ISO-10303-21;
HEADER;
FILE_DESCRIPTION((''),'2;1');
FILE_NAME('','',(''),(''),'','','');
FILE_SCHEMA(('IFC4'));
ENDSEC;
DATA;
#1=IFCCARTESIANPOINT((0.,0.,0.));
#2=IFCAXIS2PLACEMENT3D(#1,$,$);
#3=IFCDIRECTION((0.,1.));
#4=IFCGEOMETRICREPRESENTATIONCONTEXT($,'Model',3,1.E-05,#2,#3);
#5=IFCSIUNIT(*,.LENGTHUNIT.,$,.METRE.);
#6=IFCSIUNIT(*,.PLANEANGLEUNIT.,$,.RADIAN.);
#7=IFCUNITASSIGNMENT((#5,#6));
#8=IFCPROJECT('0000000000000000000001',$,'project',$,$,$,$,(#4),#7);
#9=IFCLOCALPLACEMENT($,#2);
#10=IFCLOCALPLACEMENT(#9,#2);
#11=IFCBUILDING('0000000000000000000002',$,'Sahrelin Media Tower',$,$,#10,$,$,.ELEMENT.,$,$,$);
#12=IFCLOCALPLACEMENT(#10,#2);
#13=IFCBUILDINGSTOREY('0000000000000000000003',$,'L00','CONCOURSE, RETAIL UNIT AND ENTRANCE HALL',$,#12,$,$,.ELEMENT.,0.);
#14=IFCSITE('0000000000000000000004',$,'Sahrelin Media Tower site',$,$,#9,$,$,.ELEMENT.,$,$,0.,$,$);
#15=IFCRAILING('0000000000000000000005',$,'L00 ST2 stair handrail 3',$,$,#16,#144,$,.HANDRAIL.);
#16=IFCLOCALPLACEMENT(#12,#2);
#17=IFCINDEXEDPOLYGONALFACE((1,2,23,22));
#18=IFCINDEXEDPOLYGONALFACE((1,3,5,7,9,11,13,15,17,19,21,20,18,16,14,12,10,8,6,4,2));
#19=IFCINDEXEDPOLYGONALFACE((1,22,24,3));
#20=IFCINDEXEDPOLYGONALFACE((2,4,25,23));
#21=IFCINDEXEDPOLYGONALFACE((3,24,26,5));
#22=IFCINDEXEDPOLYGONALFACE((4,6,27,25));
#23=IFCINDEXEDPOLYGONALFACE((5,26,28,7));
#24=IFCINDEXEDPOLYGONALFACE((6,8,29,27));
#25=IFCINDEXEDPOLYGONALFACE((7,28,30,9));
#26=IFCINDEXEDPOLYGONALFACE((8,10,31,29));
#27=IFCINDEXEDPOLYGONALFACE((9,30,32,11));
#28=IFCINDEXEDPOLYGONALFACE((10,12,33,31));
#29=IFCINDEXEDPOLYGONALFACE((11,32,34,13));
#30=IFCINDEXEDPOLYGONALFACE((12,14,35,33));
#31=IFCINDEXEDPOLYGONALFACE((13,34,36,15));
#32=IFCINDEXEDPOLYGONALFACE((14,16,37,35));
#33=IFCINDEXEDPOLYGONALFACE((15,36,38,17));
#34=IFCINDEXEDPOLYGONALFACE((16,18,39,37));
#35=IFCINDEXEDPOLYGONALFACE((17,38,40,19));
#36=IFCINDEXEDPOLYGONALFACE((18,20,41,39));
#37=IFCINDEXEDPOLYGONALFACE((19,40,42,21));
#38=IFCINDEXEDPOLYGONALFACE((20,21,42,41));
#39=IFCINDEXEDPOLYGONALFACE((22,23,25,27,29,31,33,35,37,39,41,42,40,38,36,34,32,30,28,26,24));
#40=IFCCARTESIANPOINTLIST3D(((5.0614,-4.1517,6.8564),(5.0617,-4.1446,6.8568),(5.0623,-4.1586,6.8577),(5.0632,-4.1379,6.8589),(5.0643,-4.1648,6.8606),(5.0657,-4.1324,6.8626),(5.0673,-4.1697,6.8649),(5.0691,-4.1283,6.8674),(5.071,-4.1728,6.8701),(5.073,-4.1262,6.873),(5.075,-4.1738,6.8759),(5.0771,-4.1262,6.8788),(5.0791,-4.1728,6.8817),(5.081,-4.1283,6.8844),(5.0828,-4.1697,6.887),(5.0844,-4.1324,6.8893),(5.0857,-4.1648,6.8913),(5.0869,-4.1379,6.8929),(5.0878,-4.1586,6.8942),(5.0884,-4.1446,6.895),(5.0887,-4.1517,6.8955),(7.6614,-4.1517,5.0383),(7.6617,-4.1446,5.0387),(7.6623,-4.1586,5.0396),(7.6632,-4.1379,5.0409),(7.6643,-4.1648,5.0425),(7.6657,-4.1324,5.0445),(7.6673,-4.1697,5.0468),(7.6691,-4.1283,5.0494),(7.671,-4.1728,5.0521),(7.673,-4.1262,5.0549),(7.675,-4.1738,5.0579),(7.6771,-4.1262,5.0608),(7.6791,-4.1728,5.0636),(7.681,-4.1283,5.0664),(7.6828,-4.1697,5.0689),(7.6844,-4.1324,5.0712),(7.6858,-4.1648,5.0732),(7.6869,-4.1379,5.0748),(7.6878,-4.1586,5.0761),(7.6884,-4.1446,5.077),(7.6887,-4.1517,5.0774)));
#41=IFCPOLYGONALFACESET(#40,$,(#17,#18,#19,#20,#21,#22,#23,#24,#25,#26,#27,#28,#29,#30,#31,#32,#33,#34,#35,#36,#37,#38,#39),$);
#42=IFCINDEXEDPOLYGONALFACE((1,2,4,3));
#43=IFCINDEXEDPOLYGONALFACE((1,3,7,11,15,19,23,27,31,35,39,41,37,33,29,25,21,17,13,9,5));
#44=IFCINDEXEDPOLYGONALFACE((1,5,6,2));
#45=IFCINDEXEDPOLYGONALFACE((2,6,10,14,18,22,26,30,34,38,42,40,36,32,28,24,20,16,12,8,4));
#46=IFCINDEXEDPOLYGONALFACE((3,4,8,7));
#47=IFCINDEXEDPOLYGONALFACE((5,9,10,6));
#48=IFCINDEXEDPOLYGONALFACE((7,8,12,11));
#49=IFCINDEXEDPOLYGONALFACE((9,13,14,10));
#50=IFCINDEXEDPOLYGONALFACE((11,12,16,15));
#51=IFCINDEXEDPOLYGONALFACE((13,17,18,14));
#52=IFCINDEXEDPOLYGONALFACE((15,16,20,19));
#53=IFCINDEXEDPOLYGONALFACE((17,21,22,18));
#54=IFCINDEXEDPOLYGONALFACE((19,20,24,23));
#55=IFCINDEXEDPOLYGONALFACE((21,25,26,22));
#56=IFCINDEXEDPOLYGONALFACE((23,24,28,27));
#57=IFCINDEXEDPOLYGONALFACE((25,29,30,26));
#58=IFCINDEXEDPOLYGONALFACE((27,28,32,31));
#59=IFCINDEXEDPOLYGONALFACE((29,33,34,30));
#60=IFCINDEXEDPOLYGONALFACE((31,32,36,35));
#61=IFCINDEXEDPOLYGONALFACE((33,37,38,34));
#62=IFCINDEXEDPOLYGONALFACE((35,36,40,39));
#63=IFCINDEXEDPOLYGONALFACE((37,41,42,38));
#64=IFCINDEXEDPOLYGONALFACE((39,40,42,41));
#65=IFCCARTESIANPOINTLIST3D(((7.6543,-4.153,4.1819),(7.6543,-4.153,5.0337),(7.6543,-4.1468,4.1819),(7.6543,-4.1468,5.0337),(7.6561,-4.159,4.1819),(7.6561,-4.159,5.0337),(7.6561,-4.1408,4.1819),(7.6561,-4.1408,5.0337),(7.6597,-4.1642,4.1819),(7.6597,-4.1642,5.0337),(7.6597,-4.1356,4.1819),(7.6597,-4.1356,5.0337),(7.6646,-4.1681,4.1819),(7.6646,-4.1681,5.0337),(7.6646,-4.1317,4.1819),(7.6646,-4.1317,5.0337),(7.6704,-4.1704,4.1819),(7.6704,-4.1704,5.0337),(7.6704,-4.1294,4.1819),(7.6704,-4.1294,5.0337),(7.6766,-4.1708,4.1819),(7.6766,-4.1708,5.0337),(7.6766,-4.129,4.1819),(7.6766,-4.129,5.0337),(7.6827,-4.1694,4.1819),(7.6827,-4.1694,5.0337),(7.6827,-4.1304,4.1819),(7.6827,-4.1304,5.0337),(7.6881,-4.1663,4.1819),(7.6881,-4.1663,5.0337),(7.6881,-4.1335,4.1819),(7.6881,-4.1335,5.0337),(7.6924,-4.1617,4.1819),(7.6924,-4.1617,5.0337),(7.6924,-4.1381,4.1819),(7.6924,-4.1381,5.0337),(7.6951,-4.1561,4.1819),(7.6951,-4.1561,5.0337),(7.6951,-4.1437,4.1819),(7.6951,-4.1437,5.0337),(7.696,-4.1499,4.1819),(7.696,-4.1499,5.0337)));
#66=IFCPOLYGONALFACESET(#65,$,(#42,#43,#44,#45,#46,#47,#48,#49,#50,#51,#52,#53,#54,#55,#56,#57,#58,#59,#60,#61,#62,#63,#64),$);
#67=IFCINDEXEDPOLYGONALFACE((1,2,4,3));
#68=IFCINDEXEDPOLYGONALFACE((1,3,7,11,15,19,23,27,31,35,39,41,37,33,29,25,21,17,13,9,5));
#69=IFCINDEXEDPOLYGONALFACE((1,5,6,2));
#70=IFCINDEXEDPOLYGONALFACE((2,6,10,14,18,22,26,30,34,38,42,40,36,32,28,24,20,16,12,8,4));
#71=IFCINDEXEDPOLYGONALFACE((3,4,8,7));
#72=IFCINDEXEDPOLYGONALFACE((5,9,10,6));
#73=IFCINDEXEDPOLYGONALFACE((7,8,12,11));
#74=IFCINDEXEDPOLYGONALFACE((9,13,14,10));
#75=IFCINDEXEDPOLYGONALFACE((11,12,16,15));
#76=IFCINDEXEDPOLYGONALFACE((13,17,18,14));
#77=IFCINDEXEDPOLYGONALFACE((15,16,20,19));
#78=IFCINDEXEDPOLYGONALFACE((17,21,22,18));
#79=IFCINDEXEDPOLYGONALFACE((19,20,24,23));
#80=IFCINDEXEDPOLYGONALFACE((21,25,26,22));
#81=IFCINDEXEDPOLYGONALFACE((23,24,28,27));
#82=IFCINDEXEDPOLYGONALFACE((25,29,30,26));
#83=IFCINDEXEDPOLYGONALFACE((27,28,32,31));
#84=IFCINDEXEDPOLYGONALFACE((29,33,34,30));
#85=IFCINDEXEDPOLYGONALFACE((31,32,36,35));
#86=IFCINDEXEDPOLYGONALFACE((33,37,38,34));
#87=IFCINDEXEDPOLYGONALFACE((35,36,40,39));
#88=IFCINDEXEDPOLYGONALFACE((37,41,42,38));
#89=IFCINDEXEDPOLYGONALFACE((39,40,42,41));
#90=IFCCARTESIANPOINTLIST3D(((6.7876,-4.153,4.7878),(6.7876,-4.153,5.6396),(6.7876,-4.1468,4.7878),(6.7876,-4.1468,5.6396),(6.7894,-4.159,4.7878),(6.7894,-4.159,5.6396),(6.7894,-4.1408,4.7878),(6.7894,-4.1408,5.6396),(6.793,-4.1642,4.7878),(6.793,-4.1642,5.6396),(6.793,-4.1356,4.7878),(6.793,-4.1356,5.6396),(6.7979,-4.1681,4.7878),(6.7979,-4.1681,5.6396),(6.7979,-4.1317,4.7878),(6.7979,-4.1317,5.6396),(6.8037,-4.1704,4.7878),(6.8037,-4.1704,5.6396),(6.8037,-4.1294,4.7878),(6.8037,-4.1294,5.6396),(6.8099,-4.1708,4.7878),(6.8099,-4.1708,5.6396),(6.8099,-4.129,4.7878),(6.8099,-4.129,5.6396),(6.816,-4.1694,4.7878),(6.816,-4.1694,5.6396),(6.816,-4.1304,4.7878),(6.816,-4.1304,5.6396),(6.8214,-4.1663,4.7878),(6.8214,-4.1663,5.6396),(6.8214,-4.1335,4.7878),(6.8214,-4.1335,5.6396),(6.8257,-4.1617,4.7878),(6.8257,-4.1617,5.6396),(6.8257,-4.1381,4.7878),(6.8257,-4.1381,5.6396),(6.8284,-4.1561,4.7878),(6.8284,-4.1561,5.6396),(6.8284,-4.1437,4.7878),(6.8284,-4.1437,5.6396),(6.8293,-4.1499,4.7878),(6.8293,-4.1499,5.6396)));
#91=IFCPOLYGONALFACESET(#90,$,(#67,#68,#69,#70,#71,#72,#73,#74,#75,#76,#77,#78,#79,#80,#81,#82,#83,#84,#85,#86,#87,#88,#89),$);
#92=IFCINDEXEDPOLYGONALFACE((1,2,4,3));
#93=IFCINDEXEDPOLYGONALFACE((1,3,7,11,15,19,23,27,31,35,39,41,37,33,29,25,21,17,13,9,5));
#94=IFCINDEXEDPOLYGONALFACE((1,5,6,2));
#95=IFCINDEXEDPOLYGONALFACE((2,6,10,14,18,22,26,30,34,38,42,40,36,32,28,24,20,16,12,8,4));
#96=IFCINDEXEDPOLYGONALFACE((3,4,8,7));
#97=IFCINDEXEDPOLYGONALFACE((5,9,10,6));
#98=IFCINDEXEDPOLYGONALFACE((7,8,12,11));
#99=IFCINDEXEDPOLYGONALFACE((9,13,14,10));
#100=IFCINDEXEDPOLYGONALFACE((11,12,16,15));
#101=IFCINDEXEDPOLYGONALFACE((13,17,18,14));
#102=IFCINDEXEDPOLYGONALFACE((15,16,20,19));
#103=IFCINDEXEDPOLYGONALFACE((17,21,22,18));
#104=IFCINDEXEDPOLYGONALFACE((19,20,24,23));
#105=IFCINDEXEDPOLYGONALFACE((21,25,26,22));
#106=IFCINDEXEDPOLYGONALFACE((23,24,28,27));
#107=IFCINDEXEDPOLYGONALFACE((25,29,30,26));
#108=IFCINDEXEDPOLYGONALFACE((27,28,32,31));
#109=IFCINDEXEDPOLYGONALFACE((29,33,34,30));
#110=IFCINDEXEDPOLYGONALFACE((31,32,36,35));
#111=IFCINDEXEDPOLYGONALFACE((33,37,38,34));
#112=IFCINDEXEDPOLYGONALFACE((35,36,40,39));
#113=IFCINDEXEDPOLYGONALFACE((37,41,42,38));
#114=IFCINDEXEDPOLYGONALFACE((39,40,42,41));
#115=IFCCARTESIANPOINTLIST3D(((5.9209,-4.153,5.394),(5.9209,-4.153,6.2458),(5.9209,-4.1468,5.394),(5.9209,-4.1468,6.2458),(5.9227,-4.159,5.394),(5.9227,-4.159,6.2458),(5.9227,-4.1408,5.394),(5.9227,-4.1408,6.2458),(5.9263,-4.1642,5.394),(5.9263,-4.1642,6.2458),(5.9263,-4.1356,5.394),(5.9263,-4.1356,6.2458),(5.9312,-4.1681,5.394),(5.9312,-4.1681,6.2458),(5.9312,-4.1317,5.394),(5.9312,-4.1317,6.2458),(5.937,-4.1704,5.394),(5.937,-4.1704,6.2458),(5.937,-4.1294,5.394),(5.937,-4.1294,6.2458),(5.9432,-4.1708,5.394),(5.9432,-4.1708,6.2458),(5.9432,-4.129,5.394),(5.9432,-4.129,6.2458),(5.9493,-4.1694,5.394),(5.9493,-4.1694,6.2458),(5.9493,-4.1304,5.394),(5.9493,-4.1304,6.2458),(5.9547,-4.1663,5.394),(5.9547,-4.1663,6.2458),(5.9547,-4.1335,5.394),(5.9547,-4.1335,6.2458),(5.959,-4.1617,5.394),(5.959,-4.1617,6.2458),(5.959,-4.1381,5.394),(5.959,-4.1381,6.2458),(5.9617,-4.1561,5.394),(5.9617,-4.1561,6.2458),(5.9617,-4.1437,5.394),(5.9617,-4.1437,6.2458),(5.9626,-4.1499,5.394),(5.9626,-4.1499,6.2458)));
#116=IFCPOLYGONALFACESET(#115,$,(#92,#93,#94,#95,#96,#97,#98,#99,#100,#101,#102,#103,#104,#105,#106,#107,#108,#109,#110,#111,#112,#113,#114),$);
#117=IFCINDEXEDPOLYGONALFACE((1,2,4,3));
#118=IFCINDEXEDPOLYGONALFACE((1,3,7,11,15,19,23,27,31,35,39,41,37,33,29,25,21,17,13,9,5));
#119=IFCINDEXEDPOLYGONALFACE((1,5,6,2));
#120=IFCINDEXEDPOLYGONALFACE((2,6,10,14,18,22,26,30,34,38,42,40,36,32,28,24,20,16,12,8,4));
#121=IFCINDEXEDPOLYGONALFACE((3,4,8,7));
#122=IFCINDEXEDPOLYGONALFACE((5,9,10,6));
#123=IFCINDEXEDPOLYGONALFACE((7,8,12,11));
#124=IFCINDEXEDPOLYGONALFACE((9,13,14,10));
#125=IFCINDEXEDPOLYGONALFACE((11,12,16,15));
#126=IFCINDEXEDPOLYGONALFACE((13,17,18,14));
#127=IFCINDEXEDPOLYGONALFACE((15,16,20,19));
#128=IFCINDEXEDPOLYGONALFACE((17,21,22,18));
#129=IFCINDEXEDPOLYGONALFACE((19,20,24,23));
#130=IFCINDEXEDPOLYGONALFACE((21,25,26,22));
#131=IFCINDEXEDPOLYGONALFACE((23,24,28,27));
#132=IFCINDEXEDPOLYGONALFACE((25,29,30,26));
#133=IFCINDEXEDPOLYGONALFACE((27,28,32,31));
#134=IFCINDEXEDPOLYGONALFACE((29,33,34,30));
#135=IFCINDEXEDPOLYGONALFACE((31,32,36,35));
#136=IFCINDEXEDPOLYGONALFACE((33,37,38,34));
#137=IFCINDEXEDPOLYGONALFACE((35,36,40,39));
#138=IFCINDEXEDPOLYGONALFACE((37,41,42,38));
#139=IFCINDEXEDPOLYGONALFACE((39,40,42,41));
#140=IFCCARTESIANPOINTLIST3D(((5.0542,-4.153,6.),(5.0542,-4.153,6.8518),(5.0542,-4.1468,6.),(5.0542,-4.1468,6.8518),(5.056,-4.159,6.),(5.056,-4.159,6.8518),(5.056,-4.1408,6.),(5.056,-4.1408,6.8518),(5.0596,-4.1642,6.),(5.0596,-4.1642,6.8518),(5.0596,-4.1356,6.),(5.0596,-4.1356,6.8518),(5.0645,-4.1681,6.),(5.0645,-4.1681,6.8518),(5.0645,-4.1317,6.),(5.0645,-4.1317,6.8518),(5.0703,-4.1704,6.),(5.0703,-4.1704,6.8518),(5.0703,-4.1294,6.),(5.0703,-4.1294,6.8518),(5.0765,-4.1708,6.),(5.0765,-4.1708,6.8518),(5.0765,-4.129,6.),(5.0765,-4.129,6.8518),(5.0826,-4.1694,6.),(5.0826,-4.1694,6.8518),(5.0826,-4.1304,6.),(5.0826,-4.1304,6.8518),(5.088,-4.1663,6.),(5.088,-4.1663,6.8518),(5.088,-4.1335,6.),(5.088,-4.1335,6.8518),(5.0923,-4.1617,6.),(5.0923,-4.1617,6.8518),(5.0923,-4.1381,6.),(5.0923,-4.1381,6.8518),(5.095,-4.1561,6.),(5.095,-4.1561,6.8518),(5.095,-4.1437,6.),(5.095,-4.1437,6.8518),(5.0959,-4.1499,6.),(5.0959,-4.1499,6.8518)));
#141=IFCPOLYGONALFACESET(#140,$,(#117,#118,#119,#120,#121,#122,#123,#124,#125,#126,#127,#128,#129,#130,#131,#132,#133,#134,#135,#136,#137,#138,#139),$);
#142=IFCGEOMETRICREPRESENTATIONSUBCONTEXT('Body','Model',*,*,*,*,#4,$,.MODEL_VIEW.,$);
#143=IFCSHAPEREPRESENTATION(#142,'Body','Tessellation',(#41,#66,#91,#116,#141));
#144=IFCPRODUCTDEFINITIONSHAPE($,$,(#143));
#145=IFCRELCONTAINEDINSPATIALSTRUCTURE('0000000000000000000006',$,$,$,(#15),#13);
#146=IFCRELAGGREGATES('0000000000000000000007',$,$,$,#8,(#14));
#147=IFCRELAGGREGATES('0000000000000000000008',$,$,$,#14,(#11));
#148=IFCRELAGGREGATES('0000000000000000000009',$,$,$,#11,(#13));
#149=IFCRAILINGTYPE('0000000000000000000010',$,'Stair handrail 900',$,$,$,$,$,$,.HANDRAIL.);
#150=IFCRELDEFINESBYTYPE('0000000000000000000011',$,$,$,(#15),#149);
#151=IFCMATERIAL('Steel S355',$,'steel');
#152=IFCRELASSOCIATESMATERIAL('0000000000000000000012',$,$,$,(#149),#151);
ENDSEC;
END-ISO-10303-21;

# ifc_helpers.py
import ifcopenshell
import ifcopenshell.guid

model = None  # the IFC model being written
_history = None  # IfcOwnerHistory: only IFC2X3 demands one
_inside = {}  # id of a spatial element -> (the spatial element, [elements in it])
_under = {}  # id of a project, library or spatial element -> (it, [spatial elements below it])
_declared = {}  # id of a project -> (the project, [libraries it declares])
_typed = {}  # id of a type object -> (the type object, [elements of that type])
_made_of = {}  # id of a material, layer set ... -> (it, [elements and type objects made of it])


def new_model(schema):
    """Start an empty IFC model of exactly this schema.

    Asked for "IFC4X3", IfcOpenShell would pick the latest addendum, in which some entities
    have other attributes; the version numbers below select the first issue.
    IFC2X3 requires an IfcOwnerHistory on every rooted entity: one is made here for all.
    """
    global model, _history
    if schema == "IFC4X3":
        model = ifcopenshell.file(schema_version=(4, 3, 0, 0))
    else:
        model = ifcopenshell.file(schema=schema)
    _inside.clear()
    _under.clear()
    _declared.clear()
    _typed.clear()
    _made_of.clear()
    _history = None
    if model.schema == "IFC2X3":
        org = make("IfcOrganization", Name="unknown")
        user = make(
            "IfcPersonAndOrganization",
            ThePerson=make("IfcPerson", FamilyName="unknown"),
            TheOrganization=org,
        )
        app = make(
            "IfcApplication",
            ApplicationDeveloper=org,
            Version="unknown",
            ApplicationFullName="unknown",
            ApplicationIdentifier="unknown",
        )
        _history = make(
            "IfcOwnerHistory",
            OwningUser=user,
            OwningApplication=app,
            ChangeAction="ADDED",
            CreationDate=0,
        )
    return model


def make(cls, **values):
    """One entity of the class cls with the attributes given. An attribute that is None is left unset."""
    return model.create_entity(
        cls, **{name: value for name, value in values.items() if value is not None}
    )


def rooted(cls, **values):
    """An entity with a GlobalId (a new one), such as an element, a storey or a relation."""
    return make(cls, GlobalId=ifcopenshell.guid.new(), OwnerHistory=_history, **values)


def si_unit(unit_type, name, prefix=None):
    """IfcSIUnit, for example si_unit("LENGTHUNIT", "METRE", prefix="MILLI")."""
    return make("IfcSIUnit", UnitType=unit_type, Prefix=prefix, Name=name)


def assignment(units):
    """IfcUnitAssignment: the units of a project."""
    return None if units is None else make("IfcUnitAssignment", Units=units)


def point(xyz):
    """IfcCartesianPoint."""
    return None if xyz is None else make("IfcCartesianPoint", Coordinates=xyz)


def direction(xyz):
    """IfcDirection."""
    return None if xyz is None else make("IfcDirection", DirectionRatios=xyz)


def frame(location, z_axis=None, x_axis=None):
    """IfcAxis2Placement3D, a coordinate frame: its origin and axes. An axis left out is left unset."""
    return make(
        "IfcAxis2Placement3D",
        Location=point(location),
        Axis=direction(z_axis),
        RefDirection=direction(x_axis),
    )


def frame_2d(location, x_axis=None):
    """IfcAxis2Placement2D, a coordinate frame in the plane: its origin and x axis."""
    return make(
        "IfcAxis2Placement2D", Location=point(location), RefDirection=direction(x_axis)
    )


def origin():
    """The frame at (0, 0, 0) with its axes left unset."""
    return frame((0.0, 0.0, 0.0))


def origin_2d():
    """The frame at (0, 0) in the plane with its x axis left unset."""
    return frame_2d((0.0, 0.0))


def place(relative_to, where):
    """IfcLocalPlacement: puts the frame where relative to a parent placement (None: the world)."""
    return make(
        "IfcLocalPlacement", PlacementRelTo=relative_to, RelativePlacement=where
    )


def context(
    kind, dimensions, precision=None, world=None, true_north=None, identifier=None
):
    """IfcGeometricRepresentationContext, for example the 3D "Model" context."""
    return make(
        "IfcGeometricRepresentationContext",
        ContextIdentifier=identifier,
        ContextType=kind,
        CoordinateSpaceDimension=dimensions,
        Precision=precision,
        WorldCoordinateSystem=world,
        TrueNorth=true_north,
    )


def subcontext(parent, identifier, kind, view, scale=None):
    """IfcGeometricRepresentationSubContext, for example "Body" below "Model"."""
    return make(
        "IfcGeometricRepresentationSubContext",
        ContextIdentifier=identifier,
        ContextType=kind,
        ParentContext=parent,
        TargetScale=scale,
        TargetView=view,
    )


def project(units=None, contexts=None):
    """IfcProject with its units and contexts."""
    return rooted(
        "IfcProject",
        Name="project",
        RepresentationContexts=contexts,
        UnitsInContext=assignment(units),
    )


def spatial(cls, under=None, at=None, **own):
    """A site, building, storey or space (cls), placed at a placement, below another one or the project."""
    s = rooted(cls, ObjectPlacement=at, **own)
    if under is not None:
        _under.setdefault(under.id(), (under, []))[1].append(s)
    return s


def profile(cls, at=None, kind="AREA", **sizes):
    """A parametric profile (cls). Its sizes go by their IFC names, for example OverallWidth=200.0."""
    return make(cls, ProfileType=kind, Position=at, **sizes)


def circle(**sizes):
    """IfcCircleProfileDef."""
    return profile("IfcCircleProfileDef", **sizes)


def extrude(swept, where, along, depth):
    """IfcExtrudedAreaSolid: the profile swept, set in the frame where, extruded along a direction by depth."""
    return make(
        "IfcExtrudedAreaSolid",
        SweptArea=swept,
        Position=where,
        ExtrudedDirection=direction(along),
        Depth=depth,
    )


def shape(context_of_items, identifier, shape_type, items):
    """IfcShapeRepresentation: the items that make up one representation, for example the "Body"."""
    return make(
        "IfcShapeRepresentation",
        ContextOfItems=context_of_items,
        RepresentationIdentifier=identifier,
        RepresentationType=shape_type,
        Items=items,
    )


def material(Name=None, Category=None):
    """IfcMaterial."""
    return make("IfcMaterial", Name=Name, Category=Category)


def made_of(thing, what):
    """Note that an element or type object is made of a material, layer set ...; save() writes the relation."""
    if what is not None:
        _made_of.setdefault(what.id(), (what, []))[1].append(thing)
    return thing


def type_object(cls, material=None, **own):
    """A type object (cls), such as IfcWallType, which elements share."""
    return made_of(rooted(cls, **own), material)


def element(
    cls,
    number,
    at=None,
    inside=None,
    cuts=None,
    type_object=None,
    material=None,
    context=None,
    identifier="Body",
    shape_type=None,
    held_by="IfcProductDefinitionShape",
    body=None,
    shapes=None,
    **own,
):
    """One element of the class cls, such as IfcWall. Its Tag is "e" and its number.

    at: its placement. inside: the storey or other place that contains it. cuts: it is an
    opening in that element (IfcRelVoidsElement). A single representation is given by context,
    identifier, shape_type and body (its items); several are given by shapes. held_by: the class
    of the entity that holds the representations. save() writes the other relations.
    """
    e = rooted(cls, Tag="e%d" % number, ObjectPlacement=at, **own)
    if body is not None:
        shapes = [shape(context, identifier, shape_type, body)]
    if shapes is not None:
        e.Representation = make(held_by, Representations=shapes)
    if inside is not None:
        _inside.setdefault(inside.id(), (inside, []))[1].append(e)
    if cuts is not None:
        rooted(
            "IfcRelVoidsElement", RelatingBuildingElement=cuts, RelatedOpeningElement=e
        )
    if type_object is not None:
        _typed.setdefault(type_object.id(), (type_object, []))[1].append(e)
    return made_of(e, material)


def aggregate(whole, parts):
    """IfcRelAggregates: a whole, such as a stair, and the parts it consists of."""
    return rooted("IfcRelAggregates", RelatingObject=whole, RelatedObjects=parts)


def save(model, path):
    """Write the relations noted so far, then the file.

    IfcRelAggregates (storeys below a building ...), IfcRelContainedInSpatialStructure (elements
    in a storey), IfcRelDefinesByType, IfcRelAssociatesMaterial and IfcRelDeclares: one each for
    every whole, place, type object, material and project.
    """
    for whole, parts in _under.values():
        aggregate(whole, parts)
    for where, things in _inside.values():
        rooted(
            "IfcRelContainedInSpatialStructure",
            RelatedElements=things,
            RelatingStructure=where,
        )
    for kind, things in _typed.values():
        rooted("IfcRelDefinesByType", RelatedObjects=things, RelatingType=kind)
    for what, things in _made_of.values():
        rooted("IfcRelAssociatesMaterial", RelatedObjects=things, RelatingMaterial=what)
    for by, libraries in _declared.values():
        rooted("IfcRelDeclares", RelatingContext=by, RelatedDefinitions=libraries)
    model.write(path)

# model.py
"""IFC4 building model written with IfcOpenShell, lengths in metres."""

from ifc_helpers import new_model, si_unit, direction, frame, origin, origin_2d, place, context, subcontext, project, spatial, circle, extrude, material, type_object, element, save


model = new_model("IFC4")

# Units and contexts
model_context = context("Model", 3, precision=1e-05, world=origin(), true_north=direction((0.0, 1.0)))
body_context = subcontext(model_context, "Body", "Model", "MODEL_VIEW")
ifc_project = project(units=[si_unit("LENGTHUNIT", "METRE"), si_unit("PLANEANGLEUNIT", "RADIAN")], contexts=[model_context])

# Site, building, storey
site_placement = place(None, origin())
site = spatial("IfcSite", under=ifc_project, at=site_placement, Name="Sahrelin Media Tower site", CompositionType="ELEMENT", RefElevation=0.0)
building_placement = place(site_placement, origin())
building = spatial("IfcBuilding", under=site, at=building_placement, Name="Sahrelin Media Tower", CompositionType="ELEMENT")
storey_placement = place(building_placement, origin())
storey = spatial("IfcBuildingStorey", under=building, at=storey_placement, Name="L00", Description="CONCOURSE, RETAIL UNIT AND ENTRANCE HALL", CompositionType="ELEMENT", Elevation=0.0)

# Shared definitions
ifc_material_1 = material(Name="Steel S355", Category="steel")

# Railing
railing_type_1 = type_object("IfcRailingType", Name="Stair handrail 900", PredefinedType="HANDRAIL", material=ifc_material_1)
railing_1_placement = place(storey_placement, frame((7.675, -4.1499, 4.1819)))
element("IfcRailing", 1, at=railing_1_placement, inside=storey, type_object=railing_type_1, Name="L00 ST2 stair handrail 3", PredefinedType="HANDRAIL", context=body_context, shape_type="SweptSolid", body=[
    extrude(circle(Radius=0.0239, at=origin_2d()), frame((0.0, 0.0, 0.876), z_axis=(-0.819521, 0.0, 0.573049), x_axis=(0.0, -1.0, 0.0)), (0.0, 0.0, 1.0), 3.1726),
    extrude(circle(Radius=0.021, at=origin_2d()), origin(), (0.0, 0.0, 1.0), 0.8518),
    extrude(circle(Radius=0.021, at=origin_2d()), frame((-0.8667, 0.0, 0.606)), (0.0, 0.0, 1.0), 0.8518),
    extrude(circle(Radius=0.021, at=origin_2d()), frame((-1.7334, 0.0, 1.2122)), (0.0, 0.0, 1.0), 0.8518),
    extrude(circle(Radius=0.021, at=origin_2d()), frame((-2.6001, 0.0, 1.8181)), (0.0, 0.0, 1.0), 0.8518),
])

save(model, "model.ifc")
